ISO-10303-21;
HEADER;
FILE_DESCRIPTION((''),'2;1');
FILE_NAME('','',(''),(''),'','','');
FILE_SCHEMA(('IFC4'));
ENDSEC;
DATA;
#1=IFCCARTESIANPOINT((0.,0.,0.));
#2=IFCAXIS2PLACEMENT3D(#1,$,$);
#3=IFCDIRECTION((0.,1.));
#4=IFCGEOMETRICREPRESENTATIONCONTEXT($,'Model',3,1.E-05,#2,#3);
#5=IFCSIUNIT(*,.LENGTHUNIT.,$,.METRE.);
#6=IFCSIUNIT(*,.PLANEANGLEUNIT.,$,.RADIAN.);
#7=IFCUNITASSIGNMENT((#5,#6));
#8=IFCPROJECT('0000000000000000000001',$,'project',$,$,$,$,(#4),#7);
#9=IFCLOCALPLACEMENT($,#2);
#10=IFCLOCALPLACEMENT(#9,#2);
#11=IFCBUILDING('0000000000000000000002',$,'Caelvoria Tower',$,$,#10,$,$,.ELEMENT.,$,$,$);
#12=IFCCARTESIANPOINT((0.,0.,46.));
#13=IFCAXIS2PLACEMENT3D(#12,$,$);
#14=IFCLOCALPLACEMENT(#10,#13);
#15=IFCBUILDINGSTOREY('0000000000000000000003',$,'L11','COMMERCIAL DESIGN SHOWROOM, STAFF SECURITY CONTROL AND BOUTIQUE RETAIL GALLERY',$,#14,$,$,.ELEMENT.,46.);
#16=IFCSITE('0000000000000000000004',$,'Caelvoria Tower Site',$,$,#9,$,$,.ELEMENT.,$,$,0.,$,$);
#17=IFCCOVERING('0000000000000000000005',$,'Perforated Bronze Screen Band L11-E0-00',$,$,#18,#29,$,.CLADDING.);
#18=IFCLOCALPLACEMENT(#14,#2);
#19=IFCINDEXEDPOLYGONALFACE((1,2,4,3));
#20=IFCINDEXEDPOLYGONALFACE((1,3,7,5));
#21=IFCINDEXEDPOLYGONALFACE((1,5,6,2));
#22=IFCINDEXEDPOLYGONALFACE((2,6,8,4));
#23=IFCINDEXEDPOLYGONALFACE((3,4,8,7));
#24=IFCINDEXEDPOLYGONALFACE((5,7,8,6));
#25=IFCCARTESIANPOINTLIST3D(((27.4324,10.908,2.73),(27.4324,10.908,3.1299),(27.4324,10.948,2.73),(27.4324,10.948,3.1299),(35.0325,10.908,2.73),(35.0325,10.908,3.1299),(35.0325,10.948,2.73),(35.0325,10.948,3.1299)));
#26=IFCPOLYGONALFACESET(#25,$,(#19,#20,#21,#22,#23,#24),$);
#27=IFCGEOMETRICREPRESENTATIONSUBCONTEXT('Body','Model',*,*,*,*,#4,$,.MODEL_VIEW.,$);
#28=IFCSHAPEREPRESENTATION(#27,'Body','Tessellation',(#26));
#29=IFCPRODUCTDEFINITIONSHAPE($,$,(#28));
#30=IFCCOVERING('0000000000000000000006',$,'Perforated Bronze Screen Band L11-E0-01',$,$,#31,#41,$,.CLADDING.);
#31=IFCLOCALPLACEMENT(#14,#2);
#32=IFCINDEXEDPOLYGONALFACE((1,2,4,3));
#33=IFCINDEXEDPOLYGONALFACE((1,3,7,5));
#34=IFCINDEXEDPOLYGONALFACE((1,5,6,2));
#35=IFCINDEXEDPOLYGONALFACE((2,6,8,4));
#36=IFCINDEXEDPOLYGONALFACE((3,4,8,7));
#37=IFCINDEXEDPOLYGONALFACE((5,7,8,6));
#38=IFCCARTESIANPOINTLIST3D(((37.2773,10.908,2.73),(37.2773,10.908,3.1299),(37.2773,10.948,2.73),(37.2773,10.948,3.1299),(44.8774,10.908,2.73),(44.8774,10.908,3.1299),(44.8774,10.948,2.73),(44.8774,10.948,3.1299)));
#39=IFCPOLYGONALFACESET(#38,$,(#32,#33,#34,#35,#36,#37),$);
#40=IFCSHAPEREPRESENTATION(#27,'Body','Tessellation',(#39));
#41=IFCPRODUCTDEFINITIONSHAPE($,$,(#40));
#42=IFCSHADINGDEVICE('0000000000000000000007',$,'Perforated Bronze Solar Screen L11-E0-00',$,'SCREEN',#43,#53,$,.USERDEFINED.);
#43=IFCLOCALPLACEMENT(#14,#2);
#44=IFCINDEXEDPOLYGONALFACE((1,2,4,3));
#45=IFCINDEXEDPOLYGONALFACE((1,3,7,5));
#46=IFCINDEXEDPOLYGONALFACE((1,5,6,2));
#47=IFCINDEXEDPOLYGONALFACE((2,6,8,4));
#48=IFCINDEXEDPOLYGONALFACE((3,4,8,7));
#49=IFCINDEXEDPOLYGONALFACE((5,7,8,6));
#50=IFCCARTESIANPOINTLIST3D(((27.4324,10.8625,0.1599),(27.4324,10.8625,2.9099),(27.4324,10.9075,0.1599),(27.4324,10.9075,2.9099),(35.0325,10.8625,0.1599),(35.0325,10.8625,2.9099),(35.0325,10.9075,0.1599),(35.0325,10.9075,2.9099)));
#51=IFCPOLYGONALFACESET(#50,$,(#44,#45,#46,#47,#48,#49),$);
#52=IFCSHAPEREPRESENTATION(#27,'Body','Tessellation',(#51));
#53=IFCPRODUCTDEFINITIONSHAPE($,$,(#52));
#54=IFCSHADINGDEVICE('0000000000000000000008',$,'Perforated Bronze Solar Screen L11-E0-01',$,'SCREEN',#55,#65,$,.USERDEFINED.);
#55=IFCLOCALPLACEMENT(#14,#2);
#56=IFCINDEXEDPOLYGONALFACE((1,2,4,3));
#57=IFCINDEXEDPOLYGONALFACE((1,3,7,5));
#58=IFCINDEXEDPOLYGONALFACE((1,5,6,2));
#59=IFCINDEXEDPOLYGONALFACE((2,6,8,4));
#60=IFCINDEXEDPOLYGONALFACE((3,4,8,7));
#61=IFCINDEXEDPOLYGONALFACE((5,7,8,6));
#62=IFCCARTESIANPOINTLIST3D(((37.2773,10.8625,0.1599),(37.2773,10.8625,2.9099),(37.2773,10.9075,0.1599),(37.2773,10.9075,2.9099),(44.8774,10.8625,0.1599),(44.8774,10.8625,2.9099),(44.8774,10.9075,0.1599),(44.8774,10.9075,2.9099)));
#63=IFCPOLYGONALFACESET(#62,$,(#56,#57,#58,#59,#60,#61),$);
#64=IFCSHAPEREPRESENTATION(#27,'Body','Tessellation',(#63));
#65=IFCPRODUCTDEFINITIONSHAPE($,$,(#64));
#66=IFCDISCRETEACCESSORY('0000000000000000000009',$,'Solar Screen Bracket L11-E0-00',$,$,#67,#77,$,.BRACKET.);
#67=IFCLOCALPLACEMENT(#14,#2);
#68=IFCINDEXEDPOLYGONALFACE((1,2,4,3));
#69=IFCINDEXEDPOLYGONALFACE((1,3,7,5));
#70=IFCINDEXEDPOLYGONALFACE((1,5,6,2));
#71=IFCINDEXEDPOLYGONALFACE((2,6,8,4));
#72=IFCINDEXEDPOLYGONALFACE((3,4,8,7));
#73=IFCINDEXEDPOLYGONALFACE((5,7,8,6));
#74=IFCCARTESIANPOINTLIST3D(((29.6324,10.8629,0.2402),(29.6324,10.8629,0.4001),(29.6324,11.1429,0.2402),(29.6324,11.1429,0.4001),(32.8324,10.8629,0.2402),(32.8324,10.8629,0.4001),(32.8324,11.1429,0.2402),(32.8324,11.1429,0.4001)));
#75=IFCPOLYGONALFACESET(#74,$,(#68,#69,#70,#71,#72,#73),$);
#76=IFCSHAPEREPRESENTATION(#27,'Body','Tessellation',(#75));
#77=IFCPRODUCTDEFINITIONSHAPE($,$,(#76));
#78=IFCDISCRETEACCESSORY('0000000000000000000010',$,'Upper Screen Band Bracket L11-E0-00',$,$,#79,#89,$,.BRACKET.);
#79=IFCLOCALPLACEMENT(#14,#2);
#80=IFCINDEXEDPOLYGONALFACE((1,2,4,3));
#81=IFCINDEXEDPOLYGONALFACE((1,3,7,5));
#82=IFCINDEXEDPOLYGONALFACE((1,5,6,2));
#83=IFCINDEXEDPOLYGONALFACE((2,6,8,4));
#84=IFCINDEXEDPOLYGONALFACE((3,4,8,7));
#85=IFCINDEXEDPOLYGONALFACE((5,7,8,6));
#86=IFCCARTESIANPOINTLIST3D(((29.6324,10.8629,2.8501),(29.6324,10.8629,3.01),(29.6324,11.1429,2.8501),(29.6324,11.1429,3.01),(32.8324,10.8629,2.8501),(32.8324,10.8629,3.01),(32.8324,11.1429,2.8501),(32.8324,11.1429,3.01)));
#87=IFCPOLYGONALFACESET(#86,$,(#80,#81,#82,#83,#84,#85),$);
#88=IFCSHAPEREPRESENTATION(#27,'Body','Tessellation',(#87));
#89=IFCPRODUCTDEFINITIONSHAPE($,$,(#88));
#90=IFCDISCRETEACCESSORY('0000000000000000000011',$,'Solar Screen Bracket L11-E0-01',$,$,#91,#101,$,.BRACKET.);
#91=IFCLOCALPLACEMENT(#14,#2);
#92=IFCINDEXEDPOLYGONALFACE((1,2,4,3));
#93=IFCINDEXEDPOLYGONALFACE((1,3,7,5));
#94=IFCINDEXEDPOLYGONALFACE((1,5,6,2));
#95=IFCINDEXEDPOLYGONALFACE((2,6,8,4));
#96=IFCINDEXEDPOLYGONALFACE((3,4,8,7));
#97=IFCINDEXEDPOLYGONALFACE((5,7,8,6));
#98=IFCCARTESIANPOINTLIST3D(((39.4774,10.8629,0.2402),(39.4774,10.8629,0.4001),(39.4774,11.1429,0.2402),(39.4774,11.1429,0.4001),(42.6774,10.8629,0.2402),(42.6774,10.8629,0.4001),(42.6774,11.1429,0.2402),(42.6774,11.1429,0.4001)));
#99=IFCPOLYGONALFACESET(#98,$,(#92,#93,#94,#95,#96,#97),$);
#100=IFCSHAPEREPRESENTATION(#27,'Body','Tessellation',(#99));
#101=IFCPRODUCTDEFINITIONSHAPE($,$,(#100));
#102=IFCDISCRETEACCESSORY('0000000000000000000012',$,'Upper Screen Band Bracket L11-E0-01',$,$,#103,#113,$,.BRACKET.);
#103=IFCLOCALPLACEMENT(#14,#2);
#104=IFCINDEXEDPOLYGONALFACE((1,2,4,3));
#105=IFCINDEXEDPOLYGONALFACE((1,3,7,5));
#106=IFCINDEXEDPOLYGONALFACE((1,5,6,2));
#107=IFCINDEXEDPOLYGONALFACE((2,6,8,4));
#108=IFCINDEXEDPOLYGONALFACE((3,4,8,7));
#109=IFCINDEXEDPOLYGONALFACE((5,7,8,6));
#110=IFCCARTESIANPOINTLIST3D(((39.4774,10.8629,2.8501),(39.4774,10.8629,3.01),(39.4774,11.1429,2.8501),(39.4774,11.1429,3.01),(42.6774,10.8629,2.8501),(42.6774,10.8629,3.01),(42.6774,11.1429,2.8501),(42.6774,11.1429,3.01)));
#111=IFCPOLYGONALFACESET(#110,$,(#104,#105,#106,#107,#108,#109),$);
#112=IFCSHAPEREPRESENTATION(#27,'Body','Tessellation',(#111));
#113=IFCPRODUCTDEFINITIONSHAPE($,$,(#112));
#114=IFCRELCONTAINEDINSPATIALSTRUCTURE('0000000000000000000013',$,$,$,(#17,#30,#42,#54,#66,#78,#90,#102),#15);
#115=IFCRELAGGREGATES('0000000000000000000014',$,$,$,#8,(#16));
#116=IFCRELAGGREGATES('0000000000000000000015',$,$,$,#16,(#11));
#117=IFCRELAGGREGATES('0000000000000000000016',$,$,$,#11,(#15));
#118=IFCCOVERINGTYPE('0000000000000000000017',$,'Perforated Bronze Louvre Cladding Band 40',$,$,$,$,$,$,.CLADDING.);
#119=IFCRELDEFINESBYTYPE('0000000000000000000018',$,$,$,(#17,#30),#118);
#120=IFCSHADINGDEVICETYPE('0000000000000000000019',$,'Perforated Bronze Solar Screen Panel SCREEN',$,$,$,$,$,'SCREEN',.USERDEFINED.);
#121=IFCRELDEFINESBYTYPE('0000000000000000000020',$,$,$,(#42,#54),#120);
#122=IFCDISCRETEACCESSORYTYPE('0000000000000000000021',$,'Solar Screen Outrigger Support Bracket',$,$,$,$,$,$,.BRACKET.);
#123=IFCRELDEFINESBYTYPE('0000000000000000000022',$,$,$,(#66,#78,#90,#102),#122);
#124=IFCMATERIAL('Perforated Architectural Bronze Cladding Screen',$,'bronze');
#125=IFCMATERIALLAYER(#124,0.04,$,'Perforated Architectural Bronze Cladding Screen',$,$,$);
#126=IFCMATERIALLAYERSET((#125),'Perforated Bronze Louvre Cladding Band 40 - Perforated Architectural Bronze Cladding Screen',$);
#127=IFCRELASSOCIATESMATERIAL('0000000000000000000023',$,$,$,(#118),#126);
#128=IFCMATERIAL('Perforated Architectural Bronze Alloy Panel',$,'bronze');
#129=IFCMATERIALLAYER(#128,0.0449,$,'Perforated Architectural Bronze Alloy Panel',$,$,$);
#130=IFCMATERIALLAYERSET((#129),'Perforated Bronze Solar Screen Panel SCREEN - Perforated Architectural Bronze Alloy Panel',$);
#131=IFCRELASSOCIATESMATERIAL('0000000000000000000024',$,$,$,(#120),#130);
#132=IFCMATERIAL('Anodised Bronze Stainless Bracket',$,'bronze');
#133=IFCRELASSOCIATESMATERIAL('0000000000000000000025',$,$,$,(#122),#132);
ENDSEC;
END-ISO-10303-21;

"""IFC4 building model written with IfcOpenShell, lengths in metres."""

from ifc_helpers import new_model, si_unit, direction, frame, origin, origin_2d, place, context, subcontext, project, spatial, rectangle, extrude, material, layer, layer_set, type_object, element, save


model = new_model("IFC4")

# Units and contexts
model_context = context("Model", 3, precision=1e-05, world=origin(), true_north=direction((0.0, 1.0)))
body_context = subcontext(model_context, "Body", "Model", "MODEL_VIEW")
ifc_project = project(units=[si_unit("LENGTHUNIT", "METRE"), si_unit("PLANEANGLEUNIT", "RADIAN")], contexts=[model_context])

# Site, building, storey
site_placement = place(None, origin())
site = spatial("IfcSite", under=ifc_project, at=site_placement, Name="Caelvoria Tower Site", CompositionType="ELEMENT", RefElevation=0.0)
building_placement = place(site_placement, origin())
building = spatial("IfcBuilding", under=site, at=building_placement, Name="Caelvoria Tower", CompositionType="ELEMENT")
storey_placement = place(building_placement, frame((0.0, 0.0, 46.0)))
storey = spatial("IfcBuildingStorey", under=building, at=storey_placement, Name="L11", Description="COMMERCIAL DESIGN SHOWROOM, STAFF SECURITY CONTROL AND BOUTIQUE RETAIL GALLERY", CompositionType="ELEMENT", Elevation=46.0)

# Coverings
ifc_material_1 = material(Name="Perforated Architectural Bronze Cladding Screen", Category="bronze")
ifc_layer_1 = layer(ifc_material_1, 0.04, Name="Perforated Architectural Bronze Cladding Screen")
ifc_layer_set_1 = layer_set([ifc_layer_1], Name="Perforated Bronze Louvre Cladding Band 40 - Perforated Architectural Bronze Cladding Screen")
covering_type = type_object("IfcCoveringType", Name="Perforated Bronze Louvre Cladding Band 40", PredefinedType="CLADDING", material=ifc_layer_set_1)
for number, where, z_axis, x_axis, name in (
    (1, (31.2324, 10.928, 2.73), (0.0, 0.0, 1.0), (1.0, 0.0, 0.0), "Perforated Bronze Screen Band L11-E0-00"),
    (2, (41.0774, 10.928, 2.73), (0.0, 0.0, 1.0), (1.0, 0.0, 0.0), "Perforated Bronze Screen Band L11-E0-01"),
):
    element("IfcCovering", number, at=place(storey_placement, frame(where, z_axis=z_axis, x_axis=x_axis)), inside=storey, type_object=covering_type, Name=name, PredefinedType="CLADDING", context=body_context, shape_type="SweptSolid", body=[
        extrude(rectangle(XDim=7.6001, YDim=0.04, at=origin_2d()), origin(), (0.0, 0.0, 1.0), 0.3999),
    ])

# Shading devices
ifc_material_2 = material(Name="Perforated Architectural Bronze Alloy Panel", Category="bronze")
ifc_layer_2 = layer(ifc_material_2, 0.0449, Name="Perforated Architectural Bronze Alloy Panel")
ifc_layer_set_2 = layer_set([ifc_layer_2], Name="Perforated Bronze Solar Screen Panel SCREEN - Perforated Architectural Bronze Alloy Panel")
shading_device_type = type_object("IfcShadingDeviceType", Name="Perforated Bronze Solar Screen Panel SCREEN", ElementType="SCREEN", PredefinedType="USERDEFINED", material=ifc_layer_set_2)
for number, where, z_axis, x_axis, name in (
    (3, (31.2324, 10.885, 0.1599), (0.0, 0.0, 1.0), (1.0, 0.0, 0.0), "Perforated Bronze Solar Screen L11-E0-00"),
    (4, (41.0774, 10.885, 0.1599), (0.0, 0.0, 1.0), (1.0, 0.0, 0.0), "Perforated Bronze Solar Screen L11-E0-01"),
):
    element("IfcShadingDevice", number, at=place(storey_placement, frame(where, z_axis=z_axis, x_axis=x_axis)), inside=storey, type_object=shading_device_type, Name=name, ObjectType="SCREEN", PredefinedType="USERDEFINED", context=body_context, shape_type="SweptSolid", body=[
        extrude(rectangle(XDim=7.6001, YDim=0.0449, at=origin_2d()), origin(), (0.0, 0.0, 1.0), 2.75),
    ])

# Discrete accessories
ifc_material_3 = material(Name="Anodised Bronze Stainless Bracket", Category="bronze")
discrete_accessory_type = type_object("IfcDiscreteAccessoryType", Name="Solar Screen Outrigger Support Bracket", PredefinedType="BRACKET", material=ifc_material_3)
for number, where, z_axis, x_axis, name in (
    (5, (31.2324, 11.0029, 0.2402), (0.0, 0.0, 1.0), (1.0, 0.0, 0.0), "Solar Screen Bracket L11-E0-00"),
    (6, (31.2324, 11.0029, 2.8501), (0.0, 0.0, 1.0), (1.0, 0.0, 0.0), "Upper Screen Band Bracket L11-E0-00"),
    (7, (41.0774, 11.0029, 0.2402), (0.0, 0.0, 1.0), (1.0, 0.0, 0.0), "Solar Screen Bracket L11-E0-01"),
    (8, (41.0774, 11.0029, 2.8501), (0.0, 0.0, 1.0), (1.0, 0.0, 0.0), "Upper Screen Band Bracket L11-E0-01"),
):
    element("IfcDiscreteAccessory", number, at=place(storey_placement, frame(where, z_axis=z_axis, x_axis=x_axis)), inside=storey, type_object=discrete_accessory_type, Name=name, PredefinedType="BRACKET", context=body_context, shape_type="SweptSolid", body=[
        extrude(rectangle(XDim=3.2, YDim=0.28, at=origin_2d()), origin(), (0.0, 0.0, 1.0), 0.1599),
    ])

save(model, "model.ifc")
